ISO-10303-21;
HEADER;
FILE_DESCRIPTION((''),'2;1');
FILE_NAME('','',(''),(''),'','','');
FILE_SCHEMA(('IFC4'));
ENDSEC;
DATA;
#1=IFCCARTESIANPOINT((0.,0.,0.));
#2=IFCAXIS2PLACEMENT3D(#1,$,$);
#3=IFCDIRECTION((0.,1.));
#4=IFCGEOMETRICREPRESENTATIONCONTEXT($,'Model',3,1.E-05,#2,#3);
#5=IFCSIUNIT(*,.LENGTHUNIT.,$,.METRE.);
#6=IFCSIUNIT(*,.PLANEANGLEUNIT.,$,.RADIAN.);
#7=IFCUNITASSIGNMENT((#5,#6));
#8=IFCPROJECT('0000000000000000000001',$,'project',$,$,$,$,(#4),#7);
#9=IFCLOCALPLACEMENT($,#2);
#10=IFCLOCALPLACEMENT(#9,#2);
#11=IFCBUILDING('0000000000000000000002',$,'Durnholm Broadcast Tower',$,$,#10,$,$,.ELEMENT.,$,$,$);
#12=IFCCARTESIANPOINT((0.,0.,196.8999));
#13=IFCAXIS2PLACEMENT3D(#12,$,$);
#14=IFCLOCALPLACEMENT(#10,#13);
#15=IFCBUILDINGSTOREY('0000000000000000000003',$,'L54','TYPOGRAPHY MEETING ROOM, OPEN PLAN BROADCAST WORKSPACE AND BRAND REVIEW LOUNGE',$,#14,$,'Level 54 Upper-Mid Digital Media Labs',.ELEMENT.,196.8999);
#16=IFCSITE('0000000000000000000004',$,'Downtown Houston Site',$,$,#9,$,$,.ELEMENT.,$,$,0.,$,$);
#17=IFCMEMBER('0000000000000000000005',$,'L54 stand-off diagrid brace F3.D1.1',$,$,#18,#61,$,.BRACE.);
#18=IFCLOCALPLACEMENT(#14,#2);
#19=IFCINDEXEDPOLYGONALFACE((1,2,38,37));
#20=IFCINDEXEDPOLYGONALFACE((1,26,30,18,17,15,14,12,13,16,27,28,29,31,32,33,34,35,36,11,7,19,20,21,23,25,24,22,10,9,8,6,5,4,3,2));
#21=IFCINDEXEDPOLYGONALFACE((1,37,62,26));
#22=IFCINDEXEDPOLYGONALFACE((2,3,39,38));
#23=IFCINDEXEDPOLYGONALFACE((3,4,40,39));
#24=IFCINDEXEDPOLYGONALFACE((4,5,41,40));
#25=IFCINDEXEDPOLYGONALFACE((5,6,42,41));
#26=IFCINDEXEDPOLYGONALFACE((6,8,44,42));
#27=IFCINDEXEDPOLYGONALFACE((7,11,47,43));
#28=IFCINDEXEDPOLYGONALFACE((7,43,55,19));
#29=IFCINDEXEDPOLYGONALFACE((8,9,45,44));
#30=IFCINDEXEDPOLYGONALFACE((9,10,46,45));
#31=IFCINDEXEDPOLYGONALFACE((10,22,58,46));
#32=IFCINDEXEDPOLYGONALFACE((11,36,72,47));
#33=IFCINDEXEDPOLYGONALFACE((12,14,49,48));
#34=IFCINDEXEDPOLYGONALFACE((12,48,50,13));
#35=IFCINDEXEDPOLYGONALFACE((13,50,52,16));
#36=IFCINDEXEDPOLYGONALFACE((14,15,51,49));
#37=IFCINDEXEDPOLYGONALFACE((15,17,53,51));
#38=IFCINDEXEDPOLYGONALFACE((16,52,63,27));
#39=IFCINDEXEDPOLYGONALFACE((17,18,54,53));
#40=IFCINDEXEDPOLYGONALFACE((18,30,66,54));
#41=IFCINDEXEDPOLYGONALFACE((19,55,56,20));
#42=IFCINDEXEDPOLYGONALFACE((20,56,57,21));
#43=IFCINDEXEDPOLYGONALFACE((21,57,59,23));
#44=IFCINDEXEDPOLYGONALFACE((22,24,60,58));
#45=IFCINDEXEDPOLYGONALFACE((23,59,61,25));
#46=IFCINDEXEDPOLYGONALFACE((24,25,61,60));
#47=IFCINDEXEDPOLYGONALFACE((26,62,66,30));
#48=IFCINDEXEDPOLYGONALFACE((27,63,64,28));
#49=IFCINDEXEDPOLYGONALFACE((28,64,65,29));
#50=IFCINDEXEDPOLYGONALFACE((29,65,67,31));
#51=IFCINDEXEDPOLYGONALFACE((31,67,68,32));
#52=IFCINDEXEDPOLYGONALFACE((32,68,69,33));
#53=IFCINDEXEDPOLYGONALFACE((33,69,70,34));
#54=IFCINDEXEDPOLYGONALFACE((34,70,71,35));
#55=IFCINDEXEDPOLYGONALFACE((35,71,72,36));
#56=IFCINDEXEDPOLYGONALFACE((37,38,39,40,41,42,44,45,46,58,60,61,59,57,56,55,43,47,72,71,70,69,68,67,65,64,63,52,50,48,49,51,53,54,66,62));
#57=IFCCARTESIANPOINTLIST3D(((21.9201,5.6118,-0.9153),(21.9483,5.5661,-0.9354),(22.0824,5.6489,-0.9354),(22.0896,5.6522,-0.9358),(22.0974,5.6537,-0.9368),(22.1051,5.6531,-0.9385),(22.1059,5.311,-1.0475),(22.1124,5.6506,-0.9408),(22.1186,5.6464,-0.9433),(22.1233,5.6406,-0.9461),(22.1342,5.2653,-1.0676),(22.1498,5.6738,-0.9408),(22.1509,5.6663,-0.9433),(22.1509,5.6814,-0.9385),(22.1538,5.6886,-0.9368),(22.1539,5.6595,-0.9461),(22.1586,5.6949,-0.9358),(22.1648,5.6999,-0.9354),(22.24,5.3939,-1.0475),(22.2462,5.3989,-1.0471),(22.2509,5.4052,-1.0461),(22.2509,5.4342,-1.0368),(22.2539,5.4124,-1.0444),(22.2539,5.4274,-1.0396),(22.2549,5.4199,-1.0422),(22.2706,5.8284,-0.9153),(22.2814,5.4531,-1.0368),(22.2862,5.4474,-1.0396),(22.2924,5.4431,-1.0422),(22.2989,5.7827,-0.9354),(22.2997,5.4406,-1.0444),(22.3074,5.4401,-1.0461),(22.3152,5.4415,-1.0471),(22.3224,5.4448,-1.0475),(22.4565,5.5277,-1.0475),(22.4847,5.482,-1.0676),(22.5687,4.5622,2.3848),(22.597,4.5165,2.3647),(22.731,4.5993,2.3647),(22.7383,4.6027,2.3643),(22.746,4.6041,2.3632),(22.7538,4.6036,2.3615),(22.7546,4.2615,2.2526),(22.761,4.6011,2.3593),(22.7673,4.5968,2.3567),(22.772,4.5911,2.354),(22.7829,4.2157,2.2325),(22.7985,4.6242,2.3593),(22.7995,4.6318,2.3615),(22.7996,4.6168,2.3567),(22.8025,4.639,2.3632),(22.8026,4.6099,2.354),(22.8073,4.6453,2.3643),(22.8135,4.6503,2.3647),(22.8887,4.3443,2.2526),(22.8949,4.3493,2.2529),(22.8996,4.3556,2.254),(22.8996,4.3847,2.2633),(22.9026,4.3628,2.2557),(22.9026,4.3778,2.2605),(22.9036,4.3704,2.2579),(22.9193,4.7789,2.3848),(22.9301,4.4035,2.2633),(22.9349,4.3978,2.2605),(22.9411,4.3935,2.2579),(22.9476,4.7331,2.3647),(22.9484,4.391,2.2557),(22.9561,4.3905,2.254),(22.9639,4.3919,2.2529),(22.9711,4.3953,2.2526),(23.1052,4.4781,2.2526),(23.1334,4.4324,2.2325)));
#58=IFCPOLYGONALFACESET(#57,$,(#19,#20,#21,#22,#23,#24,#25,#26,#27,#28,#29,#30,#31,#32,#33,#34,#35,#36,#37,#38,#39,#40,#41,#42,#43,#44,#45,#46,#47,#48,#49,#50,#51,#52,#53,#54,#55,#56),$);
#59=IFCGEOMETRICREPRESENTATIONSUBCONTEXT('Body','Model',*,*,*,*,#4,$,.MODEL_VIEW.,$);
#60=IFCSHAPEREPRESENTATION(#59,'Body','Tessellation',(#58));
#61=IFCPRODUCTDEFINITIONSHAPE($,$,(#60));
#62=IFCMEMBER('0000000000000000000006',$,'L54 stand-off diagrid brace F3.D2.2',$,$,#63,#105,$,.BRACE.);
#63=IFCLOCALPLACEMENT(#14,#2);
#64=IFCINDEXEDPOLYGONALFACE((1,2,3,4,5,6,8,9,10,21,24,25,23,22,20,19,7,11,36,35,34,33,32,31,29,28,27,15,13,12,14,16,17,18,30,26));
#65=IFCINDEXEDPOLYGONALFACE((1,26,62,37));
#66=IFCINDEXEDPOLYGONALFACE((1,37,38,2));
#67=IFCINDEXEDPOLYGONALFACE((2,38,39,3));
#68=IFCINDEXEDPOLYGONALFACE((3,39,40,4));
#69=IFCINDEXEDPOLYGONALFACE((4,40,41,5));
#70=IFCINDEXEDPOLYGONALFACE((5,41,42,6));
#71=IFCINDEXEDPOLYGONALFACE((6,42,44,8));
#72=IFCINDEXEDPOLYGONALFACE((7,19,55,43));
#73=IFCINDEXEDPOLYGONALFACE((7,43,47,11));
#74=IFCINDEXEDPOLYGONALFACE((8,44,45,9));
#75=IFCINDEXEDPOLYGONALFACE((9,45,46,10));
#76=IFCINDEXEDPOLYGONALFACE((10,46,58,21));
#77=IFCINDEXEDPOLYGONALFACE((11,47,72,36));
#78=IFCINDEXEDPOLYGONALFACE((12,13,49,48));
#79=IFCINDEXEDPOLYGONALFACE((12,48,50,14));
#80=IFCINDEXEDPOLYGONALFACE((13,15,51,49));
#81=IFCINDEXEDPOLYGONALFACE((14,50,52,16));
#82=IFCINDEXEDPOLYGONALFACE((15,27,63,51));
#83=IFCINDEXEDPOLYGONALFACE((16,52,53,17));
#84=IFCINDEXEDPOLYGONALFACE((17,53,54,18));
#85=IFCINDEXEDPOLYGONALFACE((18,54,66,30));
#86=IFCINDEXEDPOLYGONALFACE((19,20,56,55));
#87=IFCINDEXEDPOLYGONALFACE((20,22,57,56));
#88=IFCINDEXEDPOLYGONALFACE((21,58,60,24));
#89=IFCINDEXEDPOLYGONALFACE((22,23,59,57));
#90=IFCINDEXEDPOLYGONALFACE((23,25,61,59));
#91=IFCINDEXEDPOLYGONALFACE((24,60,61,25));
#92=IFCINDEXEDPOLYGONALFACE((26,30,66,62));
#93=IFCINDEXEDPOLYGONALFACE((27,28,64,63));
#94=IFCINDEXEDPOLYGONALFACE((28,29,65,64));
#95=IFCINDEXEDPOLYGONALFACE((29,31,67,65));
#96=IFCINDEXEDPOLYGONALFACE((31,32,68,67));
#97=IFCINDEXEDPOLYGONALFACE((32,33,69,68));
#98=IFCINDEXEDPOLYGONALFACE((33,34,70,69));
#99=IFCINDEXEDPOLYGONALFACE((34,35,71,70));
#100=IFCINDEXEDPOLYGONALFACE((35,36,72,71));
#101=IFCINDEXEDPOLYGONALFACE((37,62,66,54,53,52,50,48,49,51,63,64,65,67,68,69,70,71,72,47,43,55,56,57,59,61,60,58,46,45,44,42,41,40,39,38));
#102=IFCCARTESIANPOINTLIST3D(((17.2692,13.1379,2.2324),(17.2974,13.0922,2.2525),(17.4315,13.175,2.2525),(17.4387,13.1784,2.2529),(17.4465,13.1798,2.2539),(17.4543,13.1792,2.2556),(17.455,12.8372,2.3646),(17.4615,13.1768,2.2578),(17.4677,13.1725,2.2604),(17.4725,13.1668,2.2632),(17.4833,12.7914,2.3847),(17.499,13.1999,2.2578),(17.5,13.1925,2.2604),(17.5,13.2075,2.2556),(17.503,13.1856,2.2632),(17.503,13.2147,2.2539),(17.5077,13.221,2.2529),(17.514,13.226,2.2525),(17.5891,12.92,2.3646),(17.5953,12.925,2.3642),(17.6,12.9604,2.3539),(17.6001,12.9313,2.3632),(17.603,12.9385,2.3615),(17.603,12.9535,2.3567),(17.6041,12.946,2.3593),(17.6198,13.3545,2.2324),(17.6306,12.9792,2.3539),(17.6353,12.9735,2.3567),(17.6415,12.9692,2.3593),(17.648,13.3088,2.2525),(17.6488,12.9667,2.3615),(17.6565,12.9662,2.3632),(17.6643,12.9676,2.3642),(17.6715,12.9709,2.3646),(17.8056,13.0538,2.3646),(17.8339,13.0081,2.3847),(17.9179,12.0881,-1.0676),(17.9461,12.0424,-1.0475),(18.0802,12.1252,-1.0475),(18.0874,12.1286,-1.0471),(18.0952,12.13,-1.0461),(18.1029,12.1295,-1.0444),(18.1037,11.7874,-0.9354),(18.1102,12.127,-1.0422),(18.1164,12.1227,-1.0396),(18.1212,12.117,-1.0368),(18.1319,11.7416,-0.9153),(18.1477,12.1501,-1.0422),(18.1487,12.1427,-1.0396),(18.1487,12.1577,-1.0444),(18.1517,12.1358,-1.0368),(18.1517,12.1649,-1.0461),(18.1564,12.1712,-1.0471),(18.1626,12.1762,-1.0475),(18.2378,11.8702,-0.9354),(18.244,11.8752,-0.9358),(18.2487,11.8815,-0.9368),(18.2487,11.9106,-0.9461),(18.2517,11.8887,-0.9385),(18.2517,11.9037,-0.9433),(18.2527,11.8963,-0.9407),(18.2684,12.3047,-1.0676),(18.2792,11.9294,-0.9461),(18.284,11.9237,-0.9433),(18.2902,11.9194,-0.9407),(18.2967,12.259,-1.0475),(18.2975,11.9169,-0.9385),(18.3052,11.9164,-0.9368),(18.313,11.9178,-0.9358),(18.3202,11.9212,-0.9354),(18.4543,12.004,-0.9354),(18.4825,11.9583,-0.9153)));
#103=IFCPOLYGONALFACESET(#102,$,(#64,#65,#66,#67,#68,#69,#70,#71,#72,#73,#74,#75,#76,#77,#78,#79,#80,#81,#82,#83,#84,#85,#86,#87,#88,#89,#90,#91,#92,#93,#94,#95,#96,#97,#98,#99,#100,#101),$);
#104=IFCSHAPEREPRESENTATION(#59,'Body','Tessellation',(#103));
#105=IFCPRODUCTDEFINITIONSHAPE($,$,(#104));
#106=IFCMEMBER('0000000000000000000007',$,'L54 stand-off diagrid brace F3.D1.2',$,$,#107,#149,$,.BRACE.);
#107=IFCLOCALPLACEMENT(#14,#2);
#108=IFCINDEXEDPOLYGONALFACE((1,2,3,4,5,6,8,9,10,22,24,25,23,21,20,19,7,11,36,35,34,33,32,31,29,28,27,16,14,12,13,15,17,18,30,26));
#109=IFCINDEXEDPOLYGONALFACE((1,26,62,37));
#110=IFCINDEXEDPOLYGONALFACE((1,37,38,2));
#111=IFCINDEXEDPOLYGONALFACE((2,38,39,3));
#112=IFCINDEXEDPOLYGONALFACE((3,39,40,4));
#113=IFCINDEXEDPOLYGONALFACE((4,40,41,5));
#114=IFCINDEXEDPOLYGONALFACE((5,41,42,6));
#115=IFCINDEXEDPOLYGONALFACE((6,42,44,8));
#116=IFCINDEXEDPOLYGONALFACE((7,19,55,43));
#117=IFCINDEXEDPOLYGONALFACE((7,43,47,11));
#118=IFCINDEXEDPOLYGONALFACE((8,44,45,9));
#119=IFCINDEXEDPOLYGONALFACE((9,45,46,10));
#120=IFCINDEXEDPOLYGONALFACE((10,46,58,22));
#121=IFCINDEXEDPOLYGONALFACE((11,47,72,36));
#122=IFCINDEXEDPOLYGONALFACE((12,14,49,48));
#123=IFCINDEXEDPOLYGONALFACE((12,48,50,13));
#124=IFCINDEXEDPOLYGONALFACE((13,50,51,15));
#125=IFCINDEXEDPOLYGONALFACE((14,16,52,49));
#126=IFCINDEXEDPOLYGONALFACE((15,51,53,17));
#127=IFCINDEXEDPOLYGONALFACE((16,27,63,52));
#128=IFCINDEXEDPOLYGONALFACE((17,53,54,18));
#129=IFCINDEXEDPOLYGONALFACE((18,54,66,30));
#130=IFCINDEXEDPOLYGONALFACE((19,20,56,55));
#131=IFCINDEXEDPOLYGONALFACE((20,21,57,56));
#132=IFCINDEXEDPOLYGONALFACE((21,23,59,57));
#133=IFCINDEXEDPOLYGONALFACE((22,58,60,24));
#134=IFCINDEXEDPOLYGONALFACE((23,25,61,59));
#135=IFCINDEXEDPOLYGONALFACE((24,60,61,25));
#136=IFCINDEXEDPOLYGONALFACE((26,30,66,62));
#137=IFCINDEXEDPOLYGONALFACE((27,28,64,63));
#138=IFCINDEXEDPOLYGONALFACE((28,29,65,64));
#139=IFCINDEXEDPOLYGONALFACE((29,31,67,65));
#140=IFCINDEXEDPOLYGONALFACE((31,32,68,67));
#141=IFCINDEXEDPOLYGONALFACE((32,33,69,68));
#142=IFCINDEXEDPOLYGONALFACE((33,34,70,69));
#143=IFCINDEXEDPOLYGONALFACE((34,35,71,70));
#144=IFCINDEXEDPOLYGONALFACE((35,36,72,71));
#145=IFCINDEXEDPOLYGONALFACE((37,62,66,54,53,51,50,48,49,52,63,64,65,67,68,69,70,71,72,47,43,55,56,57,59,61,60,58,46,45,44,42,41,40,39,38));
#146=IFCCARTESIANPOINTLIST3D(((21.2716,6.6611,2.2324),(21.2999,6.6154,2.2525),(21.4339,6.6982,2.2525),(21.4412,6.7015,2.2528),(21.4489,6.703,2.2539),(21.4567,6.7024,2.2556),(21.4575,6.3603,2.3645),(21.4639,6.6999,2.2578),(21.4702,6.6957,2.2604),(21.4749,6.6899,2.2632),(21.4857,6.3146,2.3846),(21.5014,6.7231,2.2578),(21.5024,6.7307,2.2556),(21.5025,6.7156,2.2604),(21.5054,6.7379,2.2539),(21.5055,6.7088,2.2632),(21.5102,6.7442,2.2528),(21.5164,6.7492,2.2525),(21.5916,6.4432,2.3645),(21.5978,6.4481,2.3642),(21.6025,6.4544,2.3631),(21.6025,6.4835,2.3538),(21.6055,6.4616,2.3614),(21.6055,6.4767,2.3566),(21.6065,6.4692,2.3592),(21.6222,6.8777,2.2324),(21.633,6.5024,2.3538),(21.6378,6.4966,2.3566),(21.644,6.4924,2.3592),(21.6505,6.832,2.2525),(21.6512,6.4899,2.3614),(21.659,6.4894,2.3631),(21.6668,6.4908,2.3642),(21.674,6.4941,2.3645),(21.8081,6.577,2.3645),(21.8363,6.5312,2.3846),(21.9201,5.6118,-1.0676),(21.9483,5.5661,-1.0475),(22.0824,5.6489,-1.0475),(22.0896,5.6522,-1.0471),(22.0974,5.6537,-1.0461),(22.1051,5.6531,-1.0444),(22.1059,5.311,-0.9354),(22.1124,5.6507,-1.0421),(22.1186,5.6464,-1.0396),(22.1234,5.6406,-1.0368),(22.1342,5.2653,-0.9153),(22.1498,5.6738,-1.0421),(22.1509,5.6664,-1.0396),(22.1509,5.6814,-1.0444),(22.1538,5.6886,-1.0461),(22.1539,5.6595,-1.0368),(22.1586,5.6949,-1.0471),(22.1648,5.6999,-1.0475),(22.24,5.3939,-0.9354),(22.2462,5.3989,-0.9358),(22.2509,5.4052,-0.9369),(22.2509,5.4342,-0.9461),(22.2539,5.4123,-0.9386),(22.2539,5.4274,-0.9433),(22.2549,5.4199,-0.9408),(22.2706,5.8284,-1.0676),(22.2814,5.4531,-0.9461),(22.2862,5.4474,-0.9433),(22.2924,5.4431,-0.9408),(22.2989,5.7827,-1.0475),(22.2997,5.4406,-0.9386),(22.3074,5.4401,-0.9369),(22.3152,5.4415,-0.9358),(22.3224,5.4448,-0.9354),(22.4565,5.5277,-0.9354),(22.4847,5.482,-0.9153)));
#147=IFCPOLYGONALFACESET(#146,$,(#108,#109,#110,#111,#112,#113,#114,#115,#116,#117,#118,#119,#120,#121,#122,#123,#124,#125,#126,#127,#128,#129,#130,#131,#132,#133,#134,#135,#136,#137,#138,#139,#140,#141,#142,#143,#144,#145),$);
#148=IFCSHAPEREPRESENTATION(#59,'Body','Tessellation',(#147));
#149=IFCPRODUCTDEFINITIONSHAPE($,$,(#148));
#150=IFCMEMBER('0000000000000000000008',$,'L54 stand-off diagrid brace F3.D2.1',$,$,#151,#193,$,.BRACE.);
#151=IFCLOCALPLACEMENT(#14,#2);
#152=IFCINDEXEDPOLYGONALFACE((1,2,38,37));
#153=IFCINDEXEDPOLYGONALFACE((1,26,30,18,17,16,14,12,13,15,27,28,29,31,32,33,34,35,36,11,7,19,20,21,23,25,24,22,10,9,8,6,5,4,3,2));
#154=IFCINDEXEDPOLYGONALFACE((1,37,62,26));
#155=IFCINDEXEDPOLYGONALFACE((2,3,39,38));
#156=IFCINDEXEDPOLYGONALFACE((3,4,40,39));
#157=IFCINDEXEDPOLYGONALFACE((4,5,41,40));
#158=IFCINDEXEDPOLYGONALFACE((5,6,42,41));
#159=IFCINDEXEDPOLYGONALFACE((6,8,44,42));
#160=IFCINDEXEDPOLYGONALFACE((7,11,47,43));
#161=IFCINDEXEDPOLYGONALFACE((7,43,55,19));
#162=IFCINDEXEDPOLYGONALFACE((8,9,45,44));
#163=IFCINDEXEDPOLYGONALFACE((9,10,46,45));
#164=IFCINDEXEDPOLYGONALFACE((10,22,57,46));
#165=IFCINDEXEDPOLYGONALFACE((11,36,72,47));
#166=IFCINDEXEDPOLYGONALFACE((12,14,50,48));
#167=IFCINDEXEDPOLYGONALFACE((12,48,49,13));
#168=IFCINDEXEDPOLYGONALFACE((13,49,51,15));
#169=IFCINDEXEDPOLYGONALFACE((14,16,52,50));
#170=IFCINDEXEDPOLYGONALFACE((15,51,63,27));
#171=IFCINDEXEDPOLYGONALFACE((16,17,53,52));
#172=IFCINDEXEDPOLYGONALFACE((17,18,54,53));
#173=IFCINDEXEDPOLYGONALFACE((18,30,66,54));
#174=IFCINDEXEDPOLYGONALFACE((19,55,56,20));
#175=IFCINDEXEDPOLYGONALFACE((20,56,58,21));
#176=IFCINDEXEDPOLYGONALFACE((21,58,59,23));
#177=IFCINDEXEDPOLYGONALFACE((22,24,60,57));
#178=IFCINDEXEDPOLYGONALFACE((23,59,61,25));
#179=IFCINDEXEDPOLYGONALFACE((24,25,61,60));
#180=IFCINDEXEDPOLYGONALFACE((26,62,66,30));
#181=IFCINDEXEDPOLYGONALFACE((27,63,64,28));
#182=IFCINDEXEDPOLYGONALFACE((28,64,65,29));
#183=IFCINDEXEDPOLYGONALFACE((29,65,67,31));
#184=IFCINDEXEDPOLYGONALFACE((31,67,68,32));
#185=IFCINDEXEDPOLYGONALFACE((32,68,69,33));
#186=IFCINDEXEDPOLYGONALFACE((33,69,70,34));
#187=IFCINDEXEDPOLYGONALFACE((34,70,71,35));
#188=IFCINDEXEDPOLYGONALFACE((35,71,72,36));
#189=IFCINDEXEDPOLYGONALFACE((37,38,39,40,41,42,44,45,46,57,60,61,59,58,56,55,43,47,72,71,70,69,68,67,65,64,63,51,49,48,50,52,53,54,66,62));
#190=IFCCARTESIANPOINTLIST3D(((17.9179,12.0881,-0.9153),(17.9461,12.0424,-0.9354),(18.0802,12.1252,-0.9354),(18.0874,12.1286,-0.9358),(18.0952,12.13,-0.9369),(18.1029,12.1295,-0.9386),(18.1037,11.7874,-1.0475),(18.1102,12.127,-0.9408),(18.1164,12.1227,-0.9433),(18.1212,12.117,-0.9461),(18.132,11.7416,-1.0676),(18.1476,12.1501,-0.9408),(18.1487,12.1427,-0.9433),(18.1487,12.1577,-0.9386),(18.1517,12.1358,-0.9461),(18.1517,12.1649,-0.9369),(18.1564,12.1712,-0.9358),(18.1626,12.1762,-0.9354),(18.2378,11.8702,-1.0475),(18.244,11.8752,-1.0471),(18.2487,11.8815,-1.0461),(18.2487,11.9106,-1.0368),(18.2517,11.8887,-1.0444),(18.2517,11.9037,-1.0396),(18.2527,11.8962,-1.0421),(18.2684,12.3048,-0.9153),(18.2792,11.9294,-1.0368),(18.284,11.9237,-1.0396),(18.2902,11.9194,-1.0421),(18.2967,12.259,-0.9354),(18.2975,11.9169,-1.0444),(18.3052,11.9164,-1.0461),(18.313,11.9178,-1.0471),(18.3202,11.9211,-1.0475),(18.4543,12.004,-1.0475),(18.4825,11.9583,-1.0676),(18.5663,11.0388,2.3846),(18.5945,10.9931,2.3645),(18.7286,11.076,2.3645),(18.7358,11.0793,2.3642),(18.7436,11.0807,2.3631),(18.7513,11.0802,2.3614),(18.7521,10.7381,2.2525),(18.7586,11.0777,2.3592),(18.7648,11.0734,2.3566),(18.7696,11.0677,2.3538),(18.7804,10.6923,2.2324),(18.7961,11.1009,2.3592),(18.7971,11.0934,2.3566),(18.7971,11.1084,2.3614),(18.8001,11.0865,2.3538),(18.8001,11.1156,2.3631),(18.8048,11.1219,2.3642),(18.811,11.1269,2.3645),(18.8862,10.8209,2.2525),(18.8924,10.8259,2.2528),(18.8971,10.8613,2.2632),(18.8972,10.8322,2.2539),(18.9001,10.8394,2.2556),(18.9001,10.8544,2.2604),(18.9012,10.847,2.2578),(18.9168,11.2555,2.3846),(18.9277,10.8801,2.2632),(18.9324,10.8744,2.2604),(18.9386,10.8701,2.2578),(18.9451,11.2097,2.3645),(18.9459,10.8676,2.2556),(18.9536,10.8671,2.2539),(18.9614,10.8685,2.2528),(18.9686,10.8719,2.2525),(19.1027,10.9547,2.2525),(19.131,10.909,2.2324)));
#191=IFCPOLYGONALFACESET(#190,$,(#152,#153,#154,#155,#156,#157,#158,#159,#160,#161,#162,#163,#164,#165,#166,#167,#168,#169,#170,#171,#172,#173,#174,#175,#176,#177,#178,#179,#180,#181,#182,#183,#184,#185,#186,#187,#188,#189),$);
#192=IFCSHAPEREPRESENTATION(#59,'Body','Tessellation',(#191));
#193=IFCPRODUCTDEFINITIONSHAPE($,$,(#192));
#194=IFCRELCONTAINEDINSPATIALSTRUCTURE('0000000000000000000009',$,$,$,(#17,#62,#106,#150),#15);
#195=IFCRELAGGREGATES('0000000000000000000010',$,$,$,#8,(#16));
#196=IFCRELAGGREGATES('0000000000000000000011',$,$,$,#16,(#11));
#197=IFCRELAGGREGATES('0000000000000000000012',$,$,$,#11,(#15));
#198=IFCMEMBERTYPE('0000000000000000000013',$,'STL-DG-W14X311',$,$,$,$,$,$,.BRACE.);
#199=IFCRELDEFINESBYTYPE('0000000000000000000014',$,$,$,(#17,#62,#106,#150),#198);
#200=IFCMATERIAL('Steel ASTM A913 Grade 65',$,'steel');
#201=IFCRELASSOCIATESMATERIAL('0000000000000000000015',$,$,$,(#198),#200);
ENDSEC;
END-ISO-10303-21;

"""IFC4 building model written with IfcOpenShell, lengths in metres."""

from ifc_helpers import new_model, si_unit, direction, frame, origin, origin_2d, place, context, subcontext, project, spatial, i_section, extrude, source, transform, mapped, material, material_profile, profile_set, type_object, type_shapes, element, save


model = new_model("IFC4")

# Units and contexts
model_context = context("Model", 3, precision=1e-05, world=origin(), true_north=direction((0.0, 1.0)))
body_context = subcontext(model_context, "Body", "Model", "MODEL_VIEW")
ifc_project = project(units=[si_unit("LENGTHUNIT", "METRE"), si_unit("PLANEANGLEUNIT", "RADIAN")], contexts=[model_context])

# Site, building, storey
site_placement = place(None, origin())
site = spatial("IfcSite", under=ifc_project, at=site_placement, Name="Downtown Houston Site", CompositionType="ELEMENT", RefElevation=0.0)
building_placement = place(site_placement, origin())
building = spatial("IfcBuilding", under=site, at=building_placement, Name="Durnholm Broadcast Tower", CompositionType="ELEMENT")
storey_placement = place(building_placement, frame((0.0, 0.0, 196.8999)))
storey = spatial("IfcBuildingStorey", under=building, at=storey_placement, Name="L54", Description="TYPOGRAPHY MEETING ROOM, OPEN PLAN BROADCAST WORKSPACE AND BRAND REVIEW LOUNGE", LongName="Level 54 Upper-Mid Digital Media Labs", CompositionType="ELEMENT", Elevation=196.8999)

# Members
ifc_material_1 = material(Name="Steel ASTM A913 Grade 65", Category="steel")
ifc_material_profile_1 = material_profile(ifc_material_1, i_section(OverallWidth=0.4121, OverallDepth=0.4348, WebThickness=0.0359, FlangeThickness=0.0574, FilletRadius=0.0305, at=origin_2d()), Name="W14X311")
ifc_profile_set_1 = profile_set([ifc_material_profile_1], Name="Steel ASTM A913 Grade 65")
member_type_1 = type_object("IfcMemberType", Name="STL-DG-W14X311", PredefinedType="BRACE", material=ifc_profile_set_1)
shared_shape_1 = source(origin(), body_context, "Body", "SweptSolid", [
    extrude(i_section(OverallWidth=0.4121, OverallDepth=0.4348, WebThickness=0.0359, FlangeThickness=0.0574, FilletRadius=0.0305, at=origin_2d()), origin(), (0.0, 0.0, 1.0), 3.5232),
])
for number, where, z_axis, x_axis, name in (
    (1, (22.2024, 5.5469, -0.9915), (0.184119, -0.297903, 0.936672), (0.850644, 0.525741, 0.0), "L54 stand-off diagrid brace F3.D1.1"),
    (2, (18.2002, 12.0232, -0.9915), (-0.184115, 0.297966, 0.936652), (-0.850699, -0.525653, 0.0), "L54 stand-off diagrid brace F3.D2.2"),
):
    element("IfcMember", number, at=place(storey_placement, frame(where, z_axis=z_axis, x_axis=x_axis)), inside=storey, type_object=member_type_1, Name=name, PredefinedType="BRACE", context=body_context, shape_type="MappedRepresentation", body=[
        mapped(shared_shape_1, transform((0.0, 0.0, 0.0), x_axis=(1.0, 0.0, 0.0), y_axis=(0.0, 1.0, 0.0), z_axis=(0.0, 0.0, 1.0), scale=1.0)),
    ])
shared_shape_2 = source(origin(), body_context, "Body", "SweptSolid", [
    extrude(i_section(OverallWidth=0.4121, OverallDepth=0.4348, WebThickness=0.0359, FlangeThickness=0.0574, FilletRadius=0.0305, at=origin_2d()), origin(), (0.0, 0.0, 1.0), 3.5229),
])
type_shapes(member_type_1, [shared_shape_1, shared_shape_2])
for number, where, z_axis, x_axis, name in (
    (3, (22.2024, 5.5469, -0.9915), (-0.184056, 0.297843, 0.936703), (-0.850678, -0.525687, 0.0), "L54 stand-off diagrid brace F3.D1.2"),
    (4, (18.2002, 12.0232, -0.9915), (0.184056, -0.297843, 0.936703), (0.850678, 0.525687, 0.0), "L54 stand-off diagrid brace F3.D2.1"),
):
    element("IfcMember", number, at=place(storey_placement, frame(where, z_axis=z_axis, x_axis=x_axis)), inside=storey, type_object=member_type_1, Name=name, PredefinedType="BRACE", context=body_context, shape_type="MappedRepresentation", body=[
        mapped(shared_shape_2, transform((0.0, 0.0, 0.0), x_axis=(1.0, 0.0, 0.0), y_axis=(0.0, 1.0, 0.0), z_axis=(0.0, 0.0, 1.0), scale=1.0)),
    ])

save(model, "model.ifc")
